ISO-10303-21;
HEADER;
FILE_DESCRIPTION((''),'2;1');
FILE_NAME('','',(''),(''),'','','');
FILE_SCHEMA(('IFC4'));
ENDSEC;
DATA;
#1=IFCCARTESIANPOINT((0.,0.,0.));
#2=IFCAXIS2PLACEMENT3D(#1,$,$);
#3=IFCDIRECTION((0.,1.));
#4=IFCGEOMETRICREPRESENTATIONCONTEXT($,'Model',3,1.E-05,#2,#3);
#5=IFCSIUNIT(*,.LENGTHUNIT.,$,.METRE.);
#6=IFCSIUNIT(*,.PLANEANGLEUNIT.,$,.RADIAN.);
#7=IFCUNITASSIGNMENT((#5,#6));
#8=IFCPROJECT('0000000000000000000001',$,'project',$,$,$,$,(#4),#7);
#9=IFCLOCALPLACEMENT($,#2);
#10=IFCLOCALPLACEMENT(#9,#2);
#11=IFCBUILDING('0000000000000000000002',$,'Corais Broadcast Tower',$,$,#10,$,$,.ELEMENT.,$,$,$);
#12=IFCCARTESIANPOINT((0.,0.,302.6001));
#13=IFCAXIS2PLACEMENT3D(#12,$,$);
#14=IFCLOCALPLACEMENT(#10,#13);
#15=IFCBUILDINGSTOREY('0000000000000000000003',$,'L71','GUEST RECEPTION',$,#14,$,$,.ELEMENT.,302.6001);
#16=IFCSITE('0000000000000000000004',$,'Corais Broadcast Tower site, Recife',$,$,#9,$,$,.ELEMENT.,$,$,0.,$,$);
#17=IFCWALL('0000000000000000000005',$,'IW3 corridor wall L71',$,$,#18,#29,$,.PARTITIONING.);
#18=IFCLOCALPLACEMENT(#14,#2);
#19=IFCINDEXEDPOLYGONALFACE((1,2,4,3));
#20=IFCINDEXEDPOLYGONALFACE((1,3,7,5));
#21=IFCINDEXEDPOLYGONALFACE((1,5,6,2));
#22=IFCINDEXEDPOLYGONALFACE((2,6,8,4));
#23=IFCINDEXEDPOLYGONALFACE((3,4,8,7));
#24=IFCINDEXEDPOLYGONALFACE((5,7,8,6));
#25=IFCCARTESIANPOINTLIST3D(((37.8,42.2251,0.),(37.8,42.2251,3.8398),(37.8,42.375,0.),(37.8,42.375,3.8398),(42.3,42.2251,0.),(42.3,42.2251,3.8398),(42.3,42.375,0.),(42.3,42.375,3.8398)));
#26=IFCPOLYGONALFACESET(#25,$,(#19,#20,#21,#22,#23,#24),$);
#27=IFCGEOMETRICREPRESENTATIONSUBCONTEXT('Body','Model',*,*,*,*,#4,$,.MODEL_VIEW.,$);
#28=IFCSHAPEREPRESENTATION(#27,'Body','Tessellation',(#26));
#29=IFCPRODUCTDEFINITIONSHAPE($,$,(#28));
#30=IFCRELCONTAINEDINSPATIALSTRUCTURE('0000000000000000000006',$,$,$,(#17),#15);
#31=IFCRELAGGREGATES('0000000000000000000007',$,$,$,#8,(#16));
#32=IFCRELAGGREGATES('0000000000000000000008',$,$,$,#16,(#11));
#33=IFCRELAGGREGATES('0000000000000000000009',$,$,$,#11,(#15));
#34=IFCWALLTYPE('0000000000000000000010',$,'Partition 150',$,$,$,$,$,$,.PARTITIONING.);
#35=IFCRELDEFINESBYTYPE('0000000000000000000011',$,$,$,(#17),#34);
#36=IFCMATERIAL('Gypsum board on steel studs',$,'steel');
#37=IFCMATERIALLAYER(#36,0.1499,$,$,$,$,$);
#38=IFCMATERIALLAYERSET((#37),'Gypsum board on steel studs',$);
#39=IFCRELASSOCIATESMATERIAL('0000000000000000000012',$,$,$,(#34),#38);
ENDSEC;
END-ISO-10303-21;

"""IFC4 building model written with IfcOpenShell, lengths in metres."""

from ifc_helpers import new_model, si_unit, direction, frame, frame_2d, origin, place, context, subcontext, project, spatial, rectangle, extrude, material, layer, layer_set, type_object, element, save


model = new_model("IFC4")

# Units and contexts
model_context = context("Model", 3, precision=1e-05, world=origin(), true_north=direction((0.0, 1.0)))
body_context = subcontext(model_context, "Body", "Model", "MODEL_VIEW")
ifc_project = project(units=[si_unit("LENGTHUNIT", "METRE"), si_unit("PLANEANGLEUNIT", "RADIAN")], contexts=[model_context])

# Site, building, storey
site_placement = place(None, origin())
site = spatial("IfcSite", under=ifc_project, at=site_placement, Name="Corais Broadcast Tower site, Recife", CompositionType="ELEMENT", RefElevation=0.0)
building_placement = place(site_placement, origin())
building = spatial("IfcBuilding", under=site, at=building_placement, Name="Corais Broadcast Tower", CompositionType="ELEMENT")
storey_placement = place(building_placement, frame((0.0, 0.0, 302.6001)))
storey = spatial("IfcBuildingStorey", under=building, at=storey_placement, Name="L71", Description="GUEST RECEPTION", CompositionType="ELEMENT", Elevation=302.6001)

# Wall
ifc_material_1 = material(Name="Gypsum board on steel studs", Category="steel")
ifc_layer_1 = layer(ifc_material_1, 0.1499)
ifc_layer_set_1 = layer_set([ifc_layer_1], Name="Gypsum board on steel studs")
wall_type = type_object("IfcWallType", Name="Partition 150", PredefinedType="PARTITIONING", material=ifc_layer_set_1)
wall_placement = place(storey_placement, frame((42.3, 42.3, 0.0), z_axis=(0.0, 0.0, 1.0), x_axis=(-1.0, 0.0, 0.0)))
element("IfcWall", 1, at=wall_placement, inside=storey, type_object=wall_type, Name="IW3 corridor wall L71", PredefinedType="PARTITIONING", context=body_context, shape_type="SweptSolid", body=[
    extrude(rectangle(XDim=4.5, YDim=0.1499, at=frame_2d((2.25, 0.0))), origin(), (0.0, 0.0, 1.0), 3.8398),
])

save(model, "model.ifc")
